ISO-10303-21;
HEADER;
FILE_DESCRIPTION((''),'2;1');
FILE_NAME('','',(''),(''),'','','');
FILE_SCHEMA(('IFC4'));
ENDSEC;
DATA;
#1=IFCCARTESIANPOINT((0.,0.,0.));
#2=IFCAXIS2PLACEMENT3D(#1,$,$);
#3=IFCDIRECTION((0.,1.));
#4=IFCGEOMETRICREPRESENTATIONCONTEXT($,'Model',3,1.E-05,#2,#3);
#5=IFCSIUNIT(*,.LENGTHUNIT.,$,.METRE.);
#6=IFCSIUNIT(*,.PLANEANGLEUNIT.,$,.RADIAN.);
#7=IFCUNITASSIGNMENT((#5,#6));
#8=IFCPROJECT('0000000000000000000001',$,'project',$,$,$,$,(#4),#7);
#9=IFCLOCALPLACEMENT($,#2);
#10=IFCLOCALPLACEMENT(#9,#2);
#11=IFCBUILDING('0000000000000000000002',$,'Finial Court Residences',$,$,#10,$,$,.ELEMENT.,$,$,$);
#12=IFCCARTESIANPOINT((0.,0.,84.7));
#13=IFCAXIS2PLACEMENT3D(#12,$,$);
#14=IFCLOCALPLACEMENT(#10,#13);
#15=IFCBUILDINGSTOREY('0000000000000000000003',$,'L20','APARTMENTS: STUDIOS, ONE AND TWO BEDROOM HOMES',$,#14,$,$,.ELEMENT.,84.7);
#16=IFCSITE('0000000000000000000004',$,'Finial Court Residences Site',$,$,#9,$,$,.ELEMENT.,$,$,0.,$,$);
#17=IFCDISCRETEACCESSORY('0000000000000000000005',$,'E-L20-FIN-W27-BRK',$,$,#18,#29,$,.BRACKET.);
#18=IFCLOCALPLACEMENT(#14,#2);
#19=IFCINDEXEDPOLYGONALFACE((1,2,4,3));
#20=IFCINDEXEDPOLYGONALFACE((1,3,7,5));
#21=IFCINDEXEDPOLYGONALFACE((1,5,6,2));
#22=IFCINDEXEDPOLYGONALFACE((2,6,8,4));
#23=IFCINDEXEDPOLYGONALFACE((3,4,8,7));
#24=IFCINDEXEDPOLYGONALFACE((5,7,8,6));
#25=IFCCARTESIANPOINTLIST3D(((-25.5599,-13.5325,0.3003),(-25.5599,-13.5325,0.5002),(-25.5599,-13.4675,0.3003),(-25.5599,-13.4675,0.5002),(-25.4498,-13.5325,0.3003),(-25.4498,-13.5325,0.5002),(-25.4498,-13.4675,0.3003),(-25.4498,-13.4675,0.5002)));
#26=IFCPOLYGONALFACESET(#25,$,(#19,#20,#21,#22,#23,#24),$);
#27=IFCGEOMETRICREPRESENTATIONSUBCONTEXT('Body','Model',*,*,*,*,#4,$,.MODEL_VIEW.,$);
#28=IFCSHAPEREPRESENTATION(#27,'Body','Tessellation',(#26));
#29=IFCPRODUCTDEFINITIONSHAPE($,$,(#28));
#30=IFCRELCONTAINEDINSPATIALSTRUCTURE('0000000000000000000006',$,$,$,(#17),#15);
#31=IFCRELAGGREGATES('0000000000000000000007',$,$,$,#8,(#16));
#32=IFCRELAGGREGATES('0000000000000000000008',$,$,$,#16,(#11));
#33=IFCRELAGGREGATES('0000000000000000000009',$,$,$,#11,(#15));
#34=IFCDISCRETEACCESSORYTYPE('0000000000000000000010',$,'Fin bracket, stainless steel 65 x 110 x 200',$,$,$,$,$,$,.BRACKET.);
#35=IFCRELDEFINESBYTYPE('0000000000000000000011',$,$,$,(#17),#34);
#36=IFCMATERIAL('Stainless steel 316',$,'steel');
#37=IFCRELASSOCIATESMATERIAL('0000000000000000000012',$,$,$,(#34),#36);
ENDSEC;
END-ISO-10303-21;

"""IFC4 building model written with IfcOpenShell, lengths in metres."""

from ifc_helpers import new_model, si_unit, direction, frame, origin, origin_2d, place, context, subcontext, project, spatial, rectangle, extrude, material, type_object, element, save


model = new_model("IFC4")

# Units and contexts
model_context = context("Model", 3, precision=1e-05, world=origin(), true_north=direction((0.0, 1.0)))
body_context = subcontext(model_context, "Body", "Model", "MODEL_VIEW")
ifc_project = project(units=[si_unit("LENGTHUNIT", "METRE"), si_unit("PLANEANGLEUNIT", "RADIAN")], contexts=[model_context])

# Site, building, storey
site_placement = place(None, origin())
site = spatial("IfcSite", under=ifc_project, at=site_placement, Name="Finial Court Residences Site", CompositionType="ELEMENT", RefElevation=0.0)
building_placement = place(site_placement, origin())
building = spatial("IfcBuilding", under=site, at=building_placement, Name="Finial Court Residences", CompositionType="ELEMENT")
storey_placement = place(building_placement, frame((0.0, 0.0, 84.7)))
storey = spatial("IfcBuildingStorey", under=building, at=storey_placement, Name="L20", Description="APARTMENTS: STUDIOS, ONE AND TWO BEDROOM HOMES", CompositionType="ELEMENT", Elevation=84.7)

# Discrete accessory
ifc_material_1 = material(Name="Stainless steel 316", Category="steel")
discrete_accessory_type = type_object("IfcDiscreteAccessoryType", Name="Fin bracket, stainless steel 65 x 110 x 200", PredefinedType="BRACKET", material=ifc_material_1)
discrete_accessory_placement = place(storey_placement, frame((-25.5049, -13.5, 0.3003), z_axis=(0.0, 0.0, 1.0), x_axis=(1.0, 0.0, 0.0)))
element("IfcDiscreteAccessory", 1, at=discrete_accessory_placement, inside=storey, type_object=discrete_accessory_type, Name="E-L20-FIN-W27-BRK", PredefinedType="BRACKET", context=body_context, shape_type="SweptSolid", body=[
    extrude(rectangle(XDim=0.1101, YDim=0.0649, at=origin_2d()), origin(), (0.0, 0.0, 1.0), 0.2),
])

save(model, "model.ifc")
